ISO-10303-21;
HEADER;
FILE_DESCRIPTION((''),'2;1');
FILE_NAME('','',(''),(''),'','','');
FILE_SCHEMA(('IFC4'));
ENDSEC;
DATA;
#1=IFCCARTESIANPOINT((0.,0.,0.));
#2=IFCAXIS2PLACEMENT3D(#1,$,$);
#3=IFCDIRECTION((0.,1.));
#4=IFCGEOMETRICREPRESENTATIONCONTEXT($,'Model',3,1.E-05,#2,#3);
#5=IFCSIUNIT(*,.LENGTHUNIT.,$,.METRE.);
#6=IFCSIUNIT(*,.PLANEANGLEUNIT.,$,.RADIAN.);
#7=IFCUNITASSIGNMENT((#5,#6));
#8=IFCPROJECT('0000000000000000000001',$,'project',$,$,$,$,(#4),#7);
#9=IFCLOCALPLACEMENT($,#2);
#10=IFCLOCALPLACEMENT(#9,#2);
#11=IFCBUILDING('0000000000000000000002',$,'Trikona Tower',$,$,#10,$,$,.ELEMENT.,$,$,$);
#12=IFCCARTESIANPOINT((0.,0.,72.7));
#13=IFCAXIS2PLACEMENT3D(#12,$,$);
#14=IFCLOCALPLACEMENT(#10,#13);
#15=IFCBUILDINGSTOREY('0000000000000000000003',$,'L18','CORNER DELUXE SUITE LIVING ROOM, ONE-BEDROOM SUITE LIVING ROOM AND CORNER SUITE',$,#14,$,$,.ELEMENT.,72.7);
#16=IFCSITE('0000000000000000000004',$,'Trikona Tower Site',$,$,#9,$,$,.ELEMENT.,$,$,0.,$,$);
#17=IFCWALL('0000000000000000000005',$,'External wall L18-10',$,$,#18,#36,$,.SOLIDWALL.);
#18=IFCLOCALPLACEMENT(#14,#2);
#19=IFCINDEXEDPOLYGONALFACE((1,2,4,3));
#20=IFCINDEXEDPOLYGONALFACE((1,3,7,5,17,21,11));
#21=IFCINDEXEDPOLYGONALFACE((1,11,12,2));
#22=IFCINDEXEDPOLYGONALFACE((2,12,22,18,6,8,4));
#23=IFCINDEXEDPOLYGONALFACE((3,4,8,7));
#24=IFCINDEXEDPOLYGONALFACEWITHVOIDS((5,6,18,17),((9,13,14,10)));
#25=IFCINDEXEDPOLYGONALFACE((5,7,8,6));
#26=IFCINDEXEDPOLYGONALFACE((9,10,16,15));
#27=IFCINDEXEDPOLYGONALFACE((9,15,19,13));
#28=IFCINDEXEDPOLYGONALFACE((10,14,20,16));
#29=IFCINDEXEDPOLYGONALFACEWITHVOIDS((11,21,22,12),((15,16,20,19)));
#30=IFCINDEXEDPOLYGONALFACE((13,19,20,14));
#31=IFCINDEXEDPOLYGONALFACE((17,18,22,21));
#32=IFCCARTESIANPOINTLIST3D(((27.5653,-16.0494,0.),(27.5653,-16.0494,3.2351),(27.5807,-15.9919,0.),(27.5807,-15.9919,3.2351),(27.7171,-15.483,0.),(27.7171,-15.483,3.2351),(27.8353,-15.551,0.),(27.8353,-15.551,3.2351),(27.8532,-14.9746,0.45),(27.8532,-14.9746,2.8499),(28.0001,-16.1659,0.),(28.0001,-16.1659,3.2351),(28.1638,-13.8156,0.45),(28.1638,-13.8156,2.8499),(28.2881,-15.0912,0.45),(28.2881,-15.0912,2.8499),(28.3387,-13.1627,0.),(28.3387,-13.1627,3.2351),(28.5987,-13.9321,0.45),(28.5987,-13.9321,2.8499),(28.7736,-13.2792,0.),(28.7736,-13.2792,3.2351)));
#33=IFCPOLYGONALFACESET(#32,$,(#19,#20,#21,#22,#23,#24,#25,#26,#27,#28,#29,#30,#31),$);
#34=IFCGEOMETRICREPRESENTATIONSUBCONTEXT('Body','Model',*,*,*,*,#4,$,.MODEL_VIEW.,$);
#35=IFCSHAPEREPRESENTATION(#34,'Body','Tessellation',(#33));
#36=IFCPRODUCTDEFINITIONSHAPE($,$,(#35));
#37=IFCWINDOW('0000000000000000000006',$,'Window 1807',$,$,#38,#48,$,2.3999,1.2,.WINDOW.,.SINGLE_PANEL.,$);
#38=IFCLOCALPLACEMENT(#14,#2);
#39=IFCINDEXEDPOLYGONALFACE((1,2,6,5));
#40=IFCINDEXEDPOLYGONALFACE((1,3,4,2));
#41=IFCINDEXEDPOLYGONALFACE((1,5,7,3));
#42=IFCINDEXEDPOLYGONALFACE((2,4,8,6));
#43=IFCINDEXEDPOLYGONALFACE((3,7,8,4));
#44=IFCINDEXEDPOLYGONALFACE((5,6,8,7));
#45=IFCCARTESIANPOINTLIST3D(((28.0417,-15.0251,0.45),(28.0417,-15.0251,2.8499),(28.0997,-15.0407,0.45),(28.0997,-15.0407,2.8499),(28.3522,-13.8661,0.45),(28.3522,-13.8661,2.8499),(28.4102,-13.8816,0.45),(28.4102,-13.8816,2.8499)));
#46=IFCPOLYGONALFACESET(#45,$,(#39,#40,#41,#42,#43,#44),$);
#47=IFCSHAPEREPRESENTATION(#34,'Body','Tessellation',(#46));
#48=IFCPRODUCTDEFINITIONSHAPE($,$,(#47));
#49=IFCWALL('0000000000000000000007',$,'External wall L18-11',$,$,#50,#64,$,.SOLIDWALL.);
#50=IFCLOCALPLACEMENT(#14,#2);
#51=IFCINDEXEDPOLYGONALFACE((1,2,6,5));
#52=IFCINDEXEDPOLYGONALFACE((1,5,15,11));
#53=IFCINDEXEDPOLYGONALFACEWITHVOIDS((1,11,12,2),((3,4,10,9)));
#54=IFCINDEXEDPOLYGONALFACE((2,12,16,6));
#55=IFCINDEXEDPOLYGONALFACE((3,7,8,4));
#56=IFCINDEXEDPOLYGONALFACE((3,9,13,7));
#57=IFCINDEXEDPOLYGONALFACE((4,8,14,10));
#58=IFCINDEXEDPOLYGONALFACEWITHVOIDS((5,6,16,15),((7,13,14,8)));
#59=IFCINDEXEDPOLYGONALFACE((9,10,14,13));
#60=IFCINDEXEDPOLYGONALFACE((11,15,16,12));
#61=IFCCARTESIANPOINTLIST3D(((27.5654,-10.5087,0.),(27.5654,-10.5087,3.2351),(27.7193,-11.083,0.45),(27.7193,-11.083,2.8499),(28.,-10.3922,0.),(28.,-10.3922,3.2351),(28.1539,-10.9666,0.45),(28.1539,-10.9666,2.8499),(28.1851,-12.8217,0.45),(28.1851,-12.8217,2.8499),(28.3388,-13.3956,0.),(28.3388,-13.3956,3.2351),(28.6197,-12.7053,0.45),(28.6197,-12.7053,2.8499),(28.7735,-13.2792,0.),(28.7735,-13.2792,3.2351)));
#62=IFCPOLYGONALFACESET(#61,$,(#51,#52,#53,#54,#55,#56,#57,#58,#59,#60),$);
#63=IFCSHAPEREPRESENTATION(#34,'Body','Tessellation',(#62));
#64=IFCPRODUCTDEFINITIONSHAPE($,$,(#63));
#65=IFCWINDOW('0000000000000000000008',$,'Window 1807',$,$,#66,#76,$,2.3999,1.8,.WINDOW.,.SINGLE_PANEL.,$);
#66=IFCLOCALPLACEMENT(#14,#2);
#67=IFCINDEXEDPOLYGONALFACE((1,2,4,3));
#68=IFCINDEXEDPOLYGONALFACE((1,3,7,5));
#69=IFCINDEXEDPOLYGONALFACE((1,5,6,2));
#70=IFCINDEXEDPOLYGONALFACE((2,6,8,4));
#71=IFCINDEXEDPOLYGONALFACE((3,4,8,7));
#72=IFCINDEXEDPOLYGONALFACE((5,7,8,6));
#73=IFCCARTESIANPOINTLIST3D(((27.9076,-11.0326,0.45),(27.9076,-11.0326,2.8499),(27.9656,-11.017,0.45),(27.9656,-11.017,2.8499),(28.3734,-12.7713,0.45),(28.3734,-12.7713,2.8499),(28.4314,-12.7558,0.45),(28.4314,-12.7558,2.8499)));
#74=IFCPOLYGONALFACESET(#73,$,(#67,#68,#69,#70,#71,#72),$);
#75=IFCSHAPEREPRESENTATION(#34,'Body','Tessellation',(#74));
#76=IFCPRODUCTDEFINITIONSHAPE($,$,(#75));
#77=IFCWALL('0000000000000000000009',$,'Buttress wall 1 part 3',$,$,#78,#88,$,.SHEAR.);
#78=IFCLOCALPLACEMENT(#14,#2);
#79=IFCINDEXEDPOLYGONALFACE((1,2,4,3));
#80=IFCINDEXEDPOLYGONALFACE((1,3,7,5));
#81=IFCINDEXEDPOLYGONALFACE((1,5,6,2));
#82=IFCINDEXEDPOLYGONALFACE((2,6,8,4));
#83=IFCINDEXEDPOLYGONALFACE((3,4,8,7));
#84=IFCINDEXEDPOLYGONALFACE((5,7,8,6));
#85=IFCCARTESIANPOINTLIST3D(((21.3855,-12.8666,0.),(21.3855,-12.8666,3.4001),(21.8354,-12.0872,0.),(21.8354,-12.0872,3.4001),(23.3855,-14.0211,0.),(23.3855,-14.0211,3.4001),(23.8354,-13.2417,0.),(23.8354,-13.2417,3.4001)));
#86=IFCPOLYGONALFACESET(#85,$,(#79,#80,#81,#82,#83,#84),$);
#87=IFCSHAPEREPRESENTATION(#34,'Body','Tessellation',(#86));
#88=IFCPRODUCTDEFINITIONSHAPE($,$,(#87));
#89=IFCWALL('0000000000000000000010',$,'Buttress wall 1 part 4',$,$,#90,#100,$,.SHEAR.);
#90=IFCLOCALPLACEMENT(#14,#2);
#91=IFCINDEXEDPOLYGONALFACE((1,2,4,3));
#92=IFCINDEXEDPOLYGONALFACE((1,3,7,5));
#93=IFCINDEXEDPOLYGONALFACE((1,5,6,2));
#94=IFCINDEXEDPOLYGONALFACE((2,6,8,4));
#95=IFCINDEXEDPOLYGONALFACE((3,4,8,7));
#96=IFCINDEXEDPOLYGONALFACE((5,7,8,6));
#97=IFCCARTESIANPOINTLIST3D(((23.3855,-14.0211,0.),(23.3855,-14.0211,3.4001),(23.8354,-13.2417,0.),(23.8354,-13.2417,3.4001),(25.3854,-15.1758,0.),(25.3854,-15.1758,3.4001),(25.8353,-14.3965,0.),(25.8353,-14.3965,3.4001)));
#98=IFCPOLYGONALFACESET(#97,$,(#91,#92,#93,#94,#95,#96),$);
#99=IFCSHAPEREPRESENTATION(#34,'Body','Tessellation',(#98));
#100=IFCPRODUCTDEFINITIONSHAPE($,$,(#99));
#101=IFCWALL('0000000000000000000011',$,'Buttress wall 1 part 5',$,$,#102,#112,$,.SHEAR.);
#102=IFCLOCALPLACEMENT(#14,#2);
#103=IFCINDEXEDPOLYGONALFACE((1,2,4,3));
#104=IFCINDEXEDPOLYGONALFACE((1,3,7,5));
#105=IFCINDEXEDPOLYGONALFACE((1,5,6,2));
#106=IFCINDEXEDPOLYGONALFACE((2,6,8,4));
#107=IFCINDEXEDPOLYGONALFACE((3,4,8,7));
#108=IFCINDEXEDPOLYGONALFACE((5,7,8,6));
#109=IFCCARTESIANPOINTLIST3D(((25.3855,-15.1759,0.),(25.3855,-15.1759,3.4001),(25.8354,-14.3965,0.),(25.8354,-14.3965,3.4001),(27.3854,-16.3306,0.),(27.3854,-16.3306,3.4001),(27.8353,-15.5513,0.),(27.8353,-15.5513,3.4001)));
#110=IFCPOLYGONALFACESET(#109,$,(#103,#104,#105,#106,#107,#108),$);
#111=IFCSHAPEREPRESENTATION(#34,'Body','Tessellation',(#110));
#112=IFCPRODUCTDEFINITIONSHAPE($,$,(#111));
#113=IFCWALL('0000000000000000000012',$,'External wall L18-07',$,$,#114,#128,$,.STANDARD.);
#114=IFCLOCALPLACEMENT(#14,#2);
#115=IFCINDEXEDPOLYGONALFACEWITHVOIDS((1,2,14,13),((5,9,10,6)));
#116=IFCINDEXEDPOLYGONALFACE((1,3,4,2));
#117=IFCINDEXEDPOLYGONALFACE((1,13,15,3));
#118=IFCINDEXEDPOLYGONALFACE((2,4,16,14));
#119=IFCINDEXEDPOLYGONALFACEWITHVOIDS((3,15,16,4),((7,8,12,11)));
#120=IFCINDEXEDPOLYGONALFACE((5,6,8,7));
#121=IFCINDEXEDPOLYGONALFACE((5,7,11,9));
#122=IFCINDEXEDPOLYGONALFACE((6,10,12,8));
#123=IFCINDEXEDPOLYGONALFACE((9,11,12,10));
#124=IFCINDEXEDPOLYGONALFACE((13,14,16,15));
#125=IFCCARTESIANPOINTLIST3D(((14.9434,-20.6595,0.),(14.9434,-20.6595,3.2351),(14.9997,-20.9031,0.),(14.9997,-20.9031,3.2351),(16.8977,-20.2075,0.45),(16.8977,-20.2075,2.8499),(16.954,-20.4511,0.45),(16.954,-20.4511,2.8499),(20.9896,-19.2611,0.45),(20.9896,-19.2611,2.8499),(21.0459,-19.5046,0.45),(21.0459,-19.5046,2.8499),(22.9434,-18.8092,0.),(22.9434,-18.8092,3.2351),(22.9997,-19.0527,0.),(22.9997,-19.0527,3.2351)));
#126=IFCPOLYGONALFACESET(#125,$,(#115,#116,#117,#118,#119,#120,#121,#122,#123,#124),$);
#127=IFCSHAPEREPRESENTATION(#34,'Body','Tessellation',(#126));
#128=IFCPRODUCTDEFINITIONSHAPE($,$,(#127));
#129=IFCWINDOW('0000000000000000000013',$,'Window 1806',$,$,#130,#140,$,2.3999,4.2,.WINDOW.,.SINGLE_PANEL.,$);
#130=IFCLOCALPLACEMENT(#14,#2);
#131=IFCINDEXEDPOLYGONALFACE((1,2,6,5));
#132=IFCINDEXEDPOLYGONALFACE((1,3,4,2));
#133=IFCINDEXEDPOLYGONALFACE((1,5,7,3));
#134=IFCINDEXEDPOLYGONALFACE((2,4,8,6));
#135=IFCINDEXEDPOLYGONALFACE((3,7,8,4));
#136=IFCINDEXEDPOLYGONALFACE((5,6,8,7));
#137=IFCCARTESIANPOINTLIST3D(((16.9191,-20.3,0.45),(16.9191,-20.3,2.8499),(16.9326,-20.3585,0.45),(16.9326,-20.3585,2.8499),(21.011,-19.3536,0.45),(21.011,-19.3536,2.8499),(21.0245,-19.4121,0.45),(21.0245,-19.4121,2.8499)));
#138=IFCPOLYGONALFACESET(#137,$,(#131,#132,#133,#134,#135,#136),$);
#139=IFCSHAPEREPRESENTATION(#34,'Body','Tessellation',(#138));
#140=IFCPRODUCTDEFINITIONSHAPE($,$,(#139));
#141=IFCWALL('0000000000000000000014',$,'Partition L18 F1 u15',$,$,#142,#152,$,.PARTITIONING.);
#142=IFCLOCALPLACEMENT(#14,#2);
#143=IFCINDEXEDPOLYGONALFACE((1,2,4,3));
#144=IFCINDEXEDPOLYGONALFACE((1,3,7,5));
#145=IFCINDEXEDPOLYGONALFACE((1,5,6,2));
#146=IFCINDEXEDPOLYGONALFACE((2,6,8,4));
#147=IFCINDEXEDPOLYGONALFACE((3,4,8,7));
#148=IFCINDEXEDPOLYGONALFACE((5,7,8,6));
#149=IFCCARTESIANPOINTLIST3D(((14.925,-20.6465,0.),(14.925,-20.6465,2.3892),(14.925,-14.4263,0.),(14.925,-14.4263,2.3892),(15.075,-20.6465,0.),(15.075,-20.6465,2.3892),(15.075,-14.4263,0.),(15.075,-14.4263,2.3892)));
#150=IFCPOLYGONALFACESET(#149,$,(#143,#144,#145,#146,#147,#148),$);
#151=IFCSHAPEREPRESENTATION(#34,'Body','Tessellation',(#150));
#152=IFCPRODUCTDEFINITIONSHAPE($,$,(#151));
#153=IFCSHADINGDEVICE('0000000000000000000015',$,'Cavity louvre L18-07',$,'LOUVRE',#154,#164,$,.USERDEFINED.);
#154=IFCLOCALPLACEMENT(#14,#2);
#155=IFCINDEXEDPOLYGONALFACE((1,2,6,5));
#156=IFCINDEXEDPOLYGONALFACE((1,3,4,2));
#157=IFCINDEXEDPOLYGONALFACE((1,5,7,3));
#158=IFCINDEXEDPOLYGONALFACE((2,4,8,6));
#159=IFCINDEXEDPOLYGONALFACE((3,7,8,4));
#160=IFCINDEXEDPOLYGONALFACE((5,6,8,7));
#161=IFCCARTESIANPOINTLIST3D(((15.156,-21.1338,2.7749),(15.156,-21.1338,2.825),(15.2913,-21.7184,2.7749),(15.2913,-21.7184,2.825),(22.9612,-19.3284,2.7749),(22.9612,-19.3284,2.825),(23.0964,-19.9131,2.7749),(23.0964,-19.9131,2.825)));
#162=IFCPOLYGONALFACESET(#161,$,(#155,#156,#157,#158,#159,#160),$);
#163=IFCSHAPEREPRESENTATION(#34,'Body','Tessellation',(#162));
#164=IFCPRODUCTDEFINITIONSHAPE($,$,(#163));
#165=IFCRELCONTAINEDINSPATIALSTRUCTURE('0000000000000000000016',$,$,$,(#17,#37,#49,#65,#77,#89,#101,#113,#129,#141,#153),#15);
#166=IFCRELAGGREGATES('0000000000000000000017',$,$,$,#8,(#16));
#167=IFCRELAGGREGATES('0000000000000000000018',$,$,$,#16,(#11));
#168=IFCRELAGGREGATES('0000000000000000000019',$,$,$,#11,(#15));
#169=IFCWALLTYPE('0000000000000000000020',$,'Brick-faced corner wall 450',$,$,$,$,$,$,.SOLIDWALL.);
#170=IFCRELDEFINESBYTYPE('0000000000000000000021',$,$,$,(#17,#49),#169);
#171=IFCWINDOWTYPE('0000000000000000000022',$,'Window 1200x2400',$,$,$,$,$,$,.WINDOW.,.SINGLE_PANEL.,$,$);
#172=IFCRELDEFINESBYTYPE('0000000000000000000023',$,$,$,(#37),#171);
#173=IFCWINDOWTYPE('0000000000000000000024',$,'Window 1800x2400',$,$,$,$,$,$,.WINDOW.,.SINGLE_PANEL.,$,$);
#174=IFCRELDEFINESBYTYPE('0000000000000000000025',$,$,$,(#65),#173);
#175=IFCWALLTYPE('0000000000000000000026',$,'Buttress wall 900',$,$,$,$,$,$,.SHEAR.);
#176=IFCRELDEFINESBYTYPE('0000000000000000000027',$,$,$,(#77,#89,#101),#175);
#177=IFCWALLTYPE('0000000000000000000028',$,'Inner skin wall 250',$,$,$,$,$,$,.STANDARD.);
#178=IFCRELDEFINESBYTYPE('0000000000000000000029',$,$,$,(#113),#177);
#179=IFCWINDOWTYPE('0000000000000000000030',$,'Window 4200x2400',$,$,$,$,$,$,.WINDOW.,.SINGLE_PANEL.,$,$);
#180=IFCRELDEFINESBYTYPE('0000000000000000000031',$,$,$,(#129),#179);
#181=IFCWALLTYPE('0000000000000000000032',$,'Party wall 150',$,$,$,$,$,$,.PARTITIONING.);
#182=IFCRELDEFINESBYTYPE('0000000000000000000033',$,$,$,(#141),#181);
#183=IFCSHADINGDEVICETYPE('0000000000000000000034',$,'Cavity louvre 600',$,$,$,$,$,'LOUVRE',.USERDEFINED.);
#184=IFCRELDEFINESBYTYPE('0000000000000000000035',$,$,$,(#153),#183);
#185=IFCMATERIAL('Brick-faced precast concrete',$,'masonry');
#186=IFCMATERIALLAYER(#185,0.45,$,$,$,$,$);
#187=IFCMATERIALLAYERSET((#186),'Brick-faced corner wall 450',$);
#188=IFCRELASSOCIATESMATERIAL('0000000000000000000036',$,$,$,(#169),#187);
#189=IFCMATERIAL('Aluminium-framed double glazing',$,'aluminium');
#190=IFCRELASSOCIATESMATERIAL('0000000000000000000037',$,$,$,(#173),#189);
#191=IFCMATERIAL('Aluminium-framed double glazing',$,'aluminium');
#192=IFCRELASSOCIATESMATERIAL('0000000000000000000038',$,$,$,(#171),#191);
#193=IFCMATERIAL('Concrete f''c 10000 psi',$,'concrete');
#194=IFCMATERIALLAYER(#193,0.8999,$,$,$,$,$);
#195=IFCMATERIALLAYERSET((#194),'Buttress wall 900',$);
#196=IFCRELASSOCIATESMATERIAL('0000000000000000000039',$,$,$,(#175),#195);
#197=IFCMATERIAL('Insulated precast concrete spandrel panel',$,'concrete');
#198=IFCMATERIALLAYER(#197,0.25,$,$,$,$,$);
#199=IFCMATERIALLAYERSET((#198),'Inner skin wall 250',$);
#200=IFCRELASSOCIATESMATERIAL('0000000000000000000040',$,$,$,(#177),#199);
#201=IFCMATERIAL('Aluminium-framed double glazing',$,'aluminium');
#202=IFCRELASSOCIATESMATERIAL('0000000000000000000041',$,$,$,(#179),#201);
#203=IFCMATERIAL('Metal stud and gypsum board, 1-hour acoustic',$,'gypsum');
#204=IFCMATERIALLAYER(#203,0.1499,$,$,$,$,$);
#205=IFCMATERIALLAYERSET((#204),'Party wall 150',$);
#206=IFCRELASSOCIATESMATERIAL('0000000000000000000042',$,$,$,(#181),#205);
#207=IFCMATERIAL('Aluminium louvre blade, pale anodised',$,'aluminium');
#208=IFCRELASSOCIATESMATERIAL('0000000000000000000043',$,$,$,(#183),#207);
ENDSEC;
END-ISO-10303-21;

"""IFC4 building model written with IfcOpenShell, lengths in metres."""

from ifc_helpers import new_model, si_unit, direction, frame, frame_2d, origin, origin_2d, place, context, subcontext, project, spatial, polyline, rectangle, outline, extrude, material, layer, layer_set, type_object, element, fill, save


model = new_model("IFC4")

# Units and contexts
model_context = context("Model", 3, precision=1e-05, world=origin(), true_north=direction((0.0, 1.0)))
body_context = subcontext(model_context, "Body", "Model", "MODEL_VIEW")
ifc_project = project(units=[si_unit("LENGTHUNIT", "METRE"), si_unit("PLANEANGLEUNIT", "RADIAN")], contexts=[model_context])

# Site, building, storey
site_placement = place(None, origin())
site = spatial("IfcSite", under=ifc_project, at=site_placement, Name="Trikona Tower Site", CompositionType="ELEMENT", RefElevation=0.0)
building_placement = place(site_placement, origin())
building = spatial("IfcBuilding", under=site, at=building_placement, Name="Trikona Tower", CompositionType="ELEMENT")
storey_placement = place(building_placement, frame((0.0, 0.0, 72.7)))
storey = spatial("IfcBuildingStorey", under=building, at=storey_placement, Name="L18", Description="CORNER DELUXE SUITE LIVING ROOM, ONE-BEDROOM SUITE LIVING ROOM AND CORNER SUITE", CompositionType="ELEMENT", Elevation=72.7)

# Walls, openings, windows
ifc_material_1 = material(Name="Brick-faced precast concrete", Category="masonry")
ifc_layer_1 = layer(ifc_material_1, 0.45)
ifc_layer_set_1 = layer_set([ifc_layer_1], Name="Brick-faced corner wall 450")
wall_type_1 = type_object("IfcWallType", Name="Brick-faced corner wall 450", PredefinedType="SOLIDWALL", material=ifc_layer_set_1)
ifc_material_2 = material(Name="Aluminium-framed double glazing", Category="aluminium")
window_type_1 = type_object("IfcWindowType", Name="Window 1800x2400", PartitioningType="SINGLE_PANEL", PredefinedType="WINDOW", material=ifc_material_2)
ifc_material_3 = material(Name="Aluminium-framed double glazing", Category="aluminium")
window_type_2 = type_object("IfcWindowType", Name="Window 1200x2400", PartitioningType="SINGLE_PANEL", PredefinedType="WINDOW", material=ifc_material_3)
wall_1_placement = place(storey_placement, frame((27.7827, -16.1077, 0.0), z_axis=(0.0, 0.0, 1.0), x_axis=(0.258801, 0.965931, 0.0)))
wall_1 = element("IfcWall", 1, at=wall_1_placement, inside=storey, type_object=wall_type_1, Name="External wall L18-10", PredefinedType="SOLIDWALL", context=body_context, shape_type="SweptSolid", body=[
    extrude(outline(polyline([(2.9885, 0.2251), (0.5864, 0.2251), (0.5513, 0.0933), (0.0596, 0.2251), (0.0, 0.2251), (0.0, -0.2251), (2.9885, -0.2251), (2.9885, 0.2251)])), origin(), (0.0, 0.0, 1.0), 3.2351),
])
opening_1_placement = place(wall_1_placement, frame((1.1125, 0.0, 0.45)))
opening_1 = element("IfcOpeningElement", 2, at=opening_1_placement, cuts=wall_1, PredefinedType="OPENING", context=body_context, shape_type="SweptSolid", body=[
    extrude(rectangle(XDim=1.2, YDim=2.3999, at=frame_2d((0.6001, 1.2))), frame((0.0, 0.2349, 0.0), z_axis=(0.0, -1.0, 0.0), x_axis=(1.0, 0.0, 0.0)), (0.0, 0.0, 1.0), 0.47),
])
window_1_placement = place(opening_1_placement, origin())
window_1 = element("IfcWindow", 3, at=window_1_placement, inside=storey, type_object=window_type_2, Name="Window 1807", OverallHeight=2.3999, OverallWidth=1.2, PartitioningType="SINGLE_PANEL", PredefinedType="WINDOW", context=body_context, shape_type="SweptSolid", body=[
    extrude(rectangle(XDim=1.2, YDim=2.3999, at=frame_2d((0.6001, 1.2))), frame((0.0, 0.03, 0.0), z_axis=(0.0, -1.0, 0.0), x_axis=(1.0, 0.0, 0.0)), (0.0, 0.0, 1.0), 0.0601),
])
fill(opening_1, window_1)
wall_2_placement = place(storey_placement, frame((28.5562, -13.3374, 0.0), z_axis=(0.0, 0.0, 1.0), x_axis=(-0.258781, 0.965936, 0.0)))
wall_2 = element("IfcWall", 4, at=wall_2_placement, inside=storey, type_object=wall_type_1, Name="External wall L18-11", PredefinedType="SOLIDWALL", context=body_context, shape_type="SweptSolid", body=[
    extrude(rectangle(XDim=2.9888, YDim=0.45, at=frame_2d((1.4944, 0.0))), origin(), (0.0, 0.0, 1.0), 3.2351),
])
opening_2_placement = place(wall_2_placement, frame((0.5942, 0.0, 0.45)))
opening_2 = element("IfcOpeningElement", 5, at=opening_2_placement, cuts=wall_2, PredefinedType="OPENING", context=body_context, shape_type="SweptSolid", body=[
    extrude(rectangle(XDim=1.8, YDim=2.3999, at=frame_2d((0.8999, 1.2))), frame((0.0, 0.2349, 0.0), z_axis=(0.0, -1.0, 0.0), x_axis=(1.0, 0.0, 0.0)), (0.0, 0.0, 1.0), 0.47),
])
window_2_placement = place(opening_2_placement, origin())
window_2 = element("IfcWindow", 6, at=window_2_placement, inside=storey, type_object=window_type_1, Name="Window 1807", OverallHeight=2.3999, OverallWidth=1.8, PartitioningType="SINGLE_PANEL", PredefinedType="WINDOW", context=body_context, shape_type="SweptSolid", body=[
    extrude(rectangle(XDim=1.8, YDim=2.3999, at=frame_2d((0.8999, 1.2))), frame((0.0, 0.03, 0.0), z_axis=(0.0, -1.0, 0.0), x_axis=(1.0, 0.0, 0.0)), (0.0, 0.0, 1.0), 0.0601),
])
fill(opening_2, window_2)

# Walls
ifc_material_4 = material(Name="Concrete f'c 10000 psi", Category="concrete")
ifc_layer_2 = layer(ifc_material_4, 0.8999)
ifc_layer_set_2 = layer_set([ifc_layer_2], Name="Buttress wall 900")
wall_type_2 = type_object("IfcWallType", Name="Buttress wall 900", PredefinedType="SHEAR", material=ifc_layer_set_2)
for number, where, z_axis, x_axis, name in (
    (7, (21.6104, -12.4768, 0.0), (0.0, 0.0, 1.0), (0.866055, -0.499948, 0.0), "Buttress wall 1 part 3"),
    (8, (23.6104, -13.6313, 0.0), (0.0, 0.0, 1.0), (0.86601, -0.500027, 0.0), "Buttress wall 1 part 4"),
    (9, (25.6104, -14.7861, 0.0), (0.0, 0.0, 1.0), (0.86601, -0.500027, 0.0), "Buttress wall 1 part 5"),
):
    element("IfcWall", number, at=place(storey_placement, frame(where, z_axis=z_axis, x_axis=x_axis)), inside=storey, type_object=wall_type_2, Name=name, PredefinedType="SHEAR", context=body_context, shape_type="SweptSolid", body=[
        extrude(rectangle(XDim=2.3093, YDim=0.8999, at=frame_2d((1.1548, 0.0))), origin(), (0.0, 0.0, 1.0), 3.4001),
    ])

# Wall, opening, window
ifc_material_5 = material(Name="Insulated precast concrete spandrel panel", Category="concrete")
ifc_layer_3 = layer(ifc_material_5, 0.25)
ifc_layer_set_3 = layer_set([ifc_layer_3], Name="Inner skin wall 250")
wall_type_3 = type_object("IfcWallType", Name="Inner skin wall 250", PredefinedType="STANDARD", material=ifc_layer_set_3)
wall_3_placement = place(storey_placement, frame((14.9717, -20.7812, 0.0), z_axis=(0.0, 0.0, 1.0), x_axis=(0.974279, 0.225344, 0.0)))
wall_3 = element("IfcWall", 10, at=wall_3_placement, inside=storey, type_object=wall_type_3, Name="External wall L18-07", PredefinedType="STANDARD", context=body_context, shape_type="SweptSolid", body=[
    extrude(rectangle(XDim=8.2112, YDim=0.25, at=frame_2d((4.1055, 0.0))), origin(), (0.0, 0.0, 1.0), 3.2351),
])
opening_3_placement = place(wall_3_placement, frame((2.0056, 0.0, 0.45)))
opening_3 = element("IfcOpeningElement", 11, at=opening_3_placement, cuts=wall_3, PredefinedType="OPENING", context=body_context, shape_type="SweptSolid", body=[
    extrude(rectangle(XDim=4.2, YDim=2.3999, at=frame_2d((2.1001, 1.2))), frame((0.0, 0.135, 0.0), z_axis=(0.0, -1.0, 0.0), x_axis=(1.0, 0.0, 0.0)), (0.0, 0.0, 1.0), 0.27),
])
ifc_material_6 = material(Name="Aluminium-framed double glazing", Category="aluminium")
window_type_3 = type_object("IfcWindowType", Name="Window 4200x2400", PartitioningType="SINGLE_PANEL", PredefinedType="WINDOW", material=ifc_material_6)
window_3_placement = place(opening_3_placement, origin())
window_3 = element("IfcWindow", 12, at=window_3_placement, inside=storey, type_object=window_type_3, Name="Window 1806", OverallHeight=2.3999, OverallWidth=4.2, PartitioningType="SINGLE_PANEL", PredefinedType="WINDOW", context=body_context, shape_type="SweptSolid", body=[
    extrude(rectangle(XDim=4.2, YDim=2.3999, at=frame_2d((2.1001, 1.2))), frame((0.0, 0.03, 0.0), z_axis=(0.0, -1.0, 0.0), x_axis=(1.0, 0.0, 0.0)), (0.0, 0.0, 1.0), 0.0601),
])
fill(opening_3, window_3)

# Wall
ifc_material_7 = material(Name="Metal stud and gypsum board, 1-hour acoustic", Category="gypsum")
ifc_layer_4 = layer(ifc_material_7, 0.1499)
ifc_layer_set_4 = layer_set([ifc_layer_4], Name="Party wall 150")
wall_type_4 = type_object("IfcWallType", Name="Party wall 150", PredefinedType="PARTITIONING", material=ifc_layer_set_4)
wall_4_placement = place(storey_placement, frame((15.0, -14.4263, 0.0), z_axis=(0.0, 0.0, 1.0), x_axis=(0.0, -1.0, 0.0)))
element("IfcWall", 13, at=wall_4_placement, inside=storey, type_object=wall_type_4, Name="Partition L18 F1 u15", PredefinedType="PARTITIONING", context=body_context, shape_type="SweptSolid", body=[
    extrude(rectangle(XDim=6.2202, YDim=0.1499, at=frame_2d((3.1101, 0.0))), origin(), (0.0, 0.0, 1.0), 2.3892),
])

# Shading device
ifc_material_8 = material(Name="Aluminium louvre blade, pale anodised", Category="aluminium")
shading_device_type = type_object("IfcShadingDeviceType", Name="Cavity louvre 600", ElementType="LOUVRE", PredefinedType="USERDEFINED", material=ifc_material_8)
shading_device_placement = place(storey_placement, frame((19.1262, -20.5234, 2.7749), z_axis=(0.0, 0.0, 1.0), x_axis=(0.974278, 0.225351, 0.0)))
element("IfcShadingDevice", 14, at=shading_device_placement, inside=storey, type_object=shading_device_type, Name="Cavity louvre L18-07", ObjectType="LOUVRE", PredefinedType="USERDEFINED", context=body_context, shape_type="SweptSolid", body=[
    extrude(rectangle(XDim=8.0112, YDim=0.6001, at=origin_2d()), origin(), (0.0, 0.0, 1.0), 0.05),
])

save(model, "model.ifc")
